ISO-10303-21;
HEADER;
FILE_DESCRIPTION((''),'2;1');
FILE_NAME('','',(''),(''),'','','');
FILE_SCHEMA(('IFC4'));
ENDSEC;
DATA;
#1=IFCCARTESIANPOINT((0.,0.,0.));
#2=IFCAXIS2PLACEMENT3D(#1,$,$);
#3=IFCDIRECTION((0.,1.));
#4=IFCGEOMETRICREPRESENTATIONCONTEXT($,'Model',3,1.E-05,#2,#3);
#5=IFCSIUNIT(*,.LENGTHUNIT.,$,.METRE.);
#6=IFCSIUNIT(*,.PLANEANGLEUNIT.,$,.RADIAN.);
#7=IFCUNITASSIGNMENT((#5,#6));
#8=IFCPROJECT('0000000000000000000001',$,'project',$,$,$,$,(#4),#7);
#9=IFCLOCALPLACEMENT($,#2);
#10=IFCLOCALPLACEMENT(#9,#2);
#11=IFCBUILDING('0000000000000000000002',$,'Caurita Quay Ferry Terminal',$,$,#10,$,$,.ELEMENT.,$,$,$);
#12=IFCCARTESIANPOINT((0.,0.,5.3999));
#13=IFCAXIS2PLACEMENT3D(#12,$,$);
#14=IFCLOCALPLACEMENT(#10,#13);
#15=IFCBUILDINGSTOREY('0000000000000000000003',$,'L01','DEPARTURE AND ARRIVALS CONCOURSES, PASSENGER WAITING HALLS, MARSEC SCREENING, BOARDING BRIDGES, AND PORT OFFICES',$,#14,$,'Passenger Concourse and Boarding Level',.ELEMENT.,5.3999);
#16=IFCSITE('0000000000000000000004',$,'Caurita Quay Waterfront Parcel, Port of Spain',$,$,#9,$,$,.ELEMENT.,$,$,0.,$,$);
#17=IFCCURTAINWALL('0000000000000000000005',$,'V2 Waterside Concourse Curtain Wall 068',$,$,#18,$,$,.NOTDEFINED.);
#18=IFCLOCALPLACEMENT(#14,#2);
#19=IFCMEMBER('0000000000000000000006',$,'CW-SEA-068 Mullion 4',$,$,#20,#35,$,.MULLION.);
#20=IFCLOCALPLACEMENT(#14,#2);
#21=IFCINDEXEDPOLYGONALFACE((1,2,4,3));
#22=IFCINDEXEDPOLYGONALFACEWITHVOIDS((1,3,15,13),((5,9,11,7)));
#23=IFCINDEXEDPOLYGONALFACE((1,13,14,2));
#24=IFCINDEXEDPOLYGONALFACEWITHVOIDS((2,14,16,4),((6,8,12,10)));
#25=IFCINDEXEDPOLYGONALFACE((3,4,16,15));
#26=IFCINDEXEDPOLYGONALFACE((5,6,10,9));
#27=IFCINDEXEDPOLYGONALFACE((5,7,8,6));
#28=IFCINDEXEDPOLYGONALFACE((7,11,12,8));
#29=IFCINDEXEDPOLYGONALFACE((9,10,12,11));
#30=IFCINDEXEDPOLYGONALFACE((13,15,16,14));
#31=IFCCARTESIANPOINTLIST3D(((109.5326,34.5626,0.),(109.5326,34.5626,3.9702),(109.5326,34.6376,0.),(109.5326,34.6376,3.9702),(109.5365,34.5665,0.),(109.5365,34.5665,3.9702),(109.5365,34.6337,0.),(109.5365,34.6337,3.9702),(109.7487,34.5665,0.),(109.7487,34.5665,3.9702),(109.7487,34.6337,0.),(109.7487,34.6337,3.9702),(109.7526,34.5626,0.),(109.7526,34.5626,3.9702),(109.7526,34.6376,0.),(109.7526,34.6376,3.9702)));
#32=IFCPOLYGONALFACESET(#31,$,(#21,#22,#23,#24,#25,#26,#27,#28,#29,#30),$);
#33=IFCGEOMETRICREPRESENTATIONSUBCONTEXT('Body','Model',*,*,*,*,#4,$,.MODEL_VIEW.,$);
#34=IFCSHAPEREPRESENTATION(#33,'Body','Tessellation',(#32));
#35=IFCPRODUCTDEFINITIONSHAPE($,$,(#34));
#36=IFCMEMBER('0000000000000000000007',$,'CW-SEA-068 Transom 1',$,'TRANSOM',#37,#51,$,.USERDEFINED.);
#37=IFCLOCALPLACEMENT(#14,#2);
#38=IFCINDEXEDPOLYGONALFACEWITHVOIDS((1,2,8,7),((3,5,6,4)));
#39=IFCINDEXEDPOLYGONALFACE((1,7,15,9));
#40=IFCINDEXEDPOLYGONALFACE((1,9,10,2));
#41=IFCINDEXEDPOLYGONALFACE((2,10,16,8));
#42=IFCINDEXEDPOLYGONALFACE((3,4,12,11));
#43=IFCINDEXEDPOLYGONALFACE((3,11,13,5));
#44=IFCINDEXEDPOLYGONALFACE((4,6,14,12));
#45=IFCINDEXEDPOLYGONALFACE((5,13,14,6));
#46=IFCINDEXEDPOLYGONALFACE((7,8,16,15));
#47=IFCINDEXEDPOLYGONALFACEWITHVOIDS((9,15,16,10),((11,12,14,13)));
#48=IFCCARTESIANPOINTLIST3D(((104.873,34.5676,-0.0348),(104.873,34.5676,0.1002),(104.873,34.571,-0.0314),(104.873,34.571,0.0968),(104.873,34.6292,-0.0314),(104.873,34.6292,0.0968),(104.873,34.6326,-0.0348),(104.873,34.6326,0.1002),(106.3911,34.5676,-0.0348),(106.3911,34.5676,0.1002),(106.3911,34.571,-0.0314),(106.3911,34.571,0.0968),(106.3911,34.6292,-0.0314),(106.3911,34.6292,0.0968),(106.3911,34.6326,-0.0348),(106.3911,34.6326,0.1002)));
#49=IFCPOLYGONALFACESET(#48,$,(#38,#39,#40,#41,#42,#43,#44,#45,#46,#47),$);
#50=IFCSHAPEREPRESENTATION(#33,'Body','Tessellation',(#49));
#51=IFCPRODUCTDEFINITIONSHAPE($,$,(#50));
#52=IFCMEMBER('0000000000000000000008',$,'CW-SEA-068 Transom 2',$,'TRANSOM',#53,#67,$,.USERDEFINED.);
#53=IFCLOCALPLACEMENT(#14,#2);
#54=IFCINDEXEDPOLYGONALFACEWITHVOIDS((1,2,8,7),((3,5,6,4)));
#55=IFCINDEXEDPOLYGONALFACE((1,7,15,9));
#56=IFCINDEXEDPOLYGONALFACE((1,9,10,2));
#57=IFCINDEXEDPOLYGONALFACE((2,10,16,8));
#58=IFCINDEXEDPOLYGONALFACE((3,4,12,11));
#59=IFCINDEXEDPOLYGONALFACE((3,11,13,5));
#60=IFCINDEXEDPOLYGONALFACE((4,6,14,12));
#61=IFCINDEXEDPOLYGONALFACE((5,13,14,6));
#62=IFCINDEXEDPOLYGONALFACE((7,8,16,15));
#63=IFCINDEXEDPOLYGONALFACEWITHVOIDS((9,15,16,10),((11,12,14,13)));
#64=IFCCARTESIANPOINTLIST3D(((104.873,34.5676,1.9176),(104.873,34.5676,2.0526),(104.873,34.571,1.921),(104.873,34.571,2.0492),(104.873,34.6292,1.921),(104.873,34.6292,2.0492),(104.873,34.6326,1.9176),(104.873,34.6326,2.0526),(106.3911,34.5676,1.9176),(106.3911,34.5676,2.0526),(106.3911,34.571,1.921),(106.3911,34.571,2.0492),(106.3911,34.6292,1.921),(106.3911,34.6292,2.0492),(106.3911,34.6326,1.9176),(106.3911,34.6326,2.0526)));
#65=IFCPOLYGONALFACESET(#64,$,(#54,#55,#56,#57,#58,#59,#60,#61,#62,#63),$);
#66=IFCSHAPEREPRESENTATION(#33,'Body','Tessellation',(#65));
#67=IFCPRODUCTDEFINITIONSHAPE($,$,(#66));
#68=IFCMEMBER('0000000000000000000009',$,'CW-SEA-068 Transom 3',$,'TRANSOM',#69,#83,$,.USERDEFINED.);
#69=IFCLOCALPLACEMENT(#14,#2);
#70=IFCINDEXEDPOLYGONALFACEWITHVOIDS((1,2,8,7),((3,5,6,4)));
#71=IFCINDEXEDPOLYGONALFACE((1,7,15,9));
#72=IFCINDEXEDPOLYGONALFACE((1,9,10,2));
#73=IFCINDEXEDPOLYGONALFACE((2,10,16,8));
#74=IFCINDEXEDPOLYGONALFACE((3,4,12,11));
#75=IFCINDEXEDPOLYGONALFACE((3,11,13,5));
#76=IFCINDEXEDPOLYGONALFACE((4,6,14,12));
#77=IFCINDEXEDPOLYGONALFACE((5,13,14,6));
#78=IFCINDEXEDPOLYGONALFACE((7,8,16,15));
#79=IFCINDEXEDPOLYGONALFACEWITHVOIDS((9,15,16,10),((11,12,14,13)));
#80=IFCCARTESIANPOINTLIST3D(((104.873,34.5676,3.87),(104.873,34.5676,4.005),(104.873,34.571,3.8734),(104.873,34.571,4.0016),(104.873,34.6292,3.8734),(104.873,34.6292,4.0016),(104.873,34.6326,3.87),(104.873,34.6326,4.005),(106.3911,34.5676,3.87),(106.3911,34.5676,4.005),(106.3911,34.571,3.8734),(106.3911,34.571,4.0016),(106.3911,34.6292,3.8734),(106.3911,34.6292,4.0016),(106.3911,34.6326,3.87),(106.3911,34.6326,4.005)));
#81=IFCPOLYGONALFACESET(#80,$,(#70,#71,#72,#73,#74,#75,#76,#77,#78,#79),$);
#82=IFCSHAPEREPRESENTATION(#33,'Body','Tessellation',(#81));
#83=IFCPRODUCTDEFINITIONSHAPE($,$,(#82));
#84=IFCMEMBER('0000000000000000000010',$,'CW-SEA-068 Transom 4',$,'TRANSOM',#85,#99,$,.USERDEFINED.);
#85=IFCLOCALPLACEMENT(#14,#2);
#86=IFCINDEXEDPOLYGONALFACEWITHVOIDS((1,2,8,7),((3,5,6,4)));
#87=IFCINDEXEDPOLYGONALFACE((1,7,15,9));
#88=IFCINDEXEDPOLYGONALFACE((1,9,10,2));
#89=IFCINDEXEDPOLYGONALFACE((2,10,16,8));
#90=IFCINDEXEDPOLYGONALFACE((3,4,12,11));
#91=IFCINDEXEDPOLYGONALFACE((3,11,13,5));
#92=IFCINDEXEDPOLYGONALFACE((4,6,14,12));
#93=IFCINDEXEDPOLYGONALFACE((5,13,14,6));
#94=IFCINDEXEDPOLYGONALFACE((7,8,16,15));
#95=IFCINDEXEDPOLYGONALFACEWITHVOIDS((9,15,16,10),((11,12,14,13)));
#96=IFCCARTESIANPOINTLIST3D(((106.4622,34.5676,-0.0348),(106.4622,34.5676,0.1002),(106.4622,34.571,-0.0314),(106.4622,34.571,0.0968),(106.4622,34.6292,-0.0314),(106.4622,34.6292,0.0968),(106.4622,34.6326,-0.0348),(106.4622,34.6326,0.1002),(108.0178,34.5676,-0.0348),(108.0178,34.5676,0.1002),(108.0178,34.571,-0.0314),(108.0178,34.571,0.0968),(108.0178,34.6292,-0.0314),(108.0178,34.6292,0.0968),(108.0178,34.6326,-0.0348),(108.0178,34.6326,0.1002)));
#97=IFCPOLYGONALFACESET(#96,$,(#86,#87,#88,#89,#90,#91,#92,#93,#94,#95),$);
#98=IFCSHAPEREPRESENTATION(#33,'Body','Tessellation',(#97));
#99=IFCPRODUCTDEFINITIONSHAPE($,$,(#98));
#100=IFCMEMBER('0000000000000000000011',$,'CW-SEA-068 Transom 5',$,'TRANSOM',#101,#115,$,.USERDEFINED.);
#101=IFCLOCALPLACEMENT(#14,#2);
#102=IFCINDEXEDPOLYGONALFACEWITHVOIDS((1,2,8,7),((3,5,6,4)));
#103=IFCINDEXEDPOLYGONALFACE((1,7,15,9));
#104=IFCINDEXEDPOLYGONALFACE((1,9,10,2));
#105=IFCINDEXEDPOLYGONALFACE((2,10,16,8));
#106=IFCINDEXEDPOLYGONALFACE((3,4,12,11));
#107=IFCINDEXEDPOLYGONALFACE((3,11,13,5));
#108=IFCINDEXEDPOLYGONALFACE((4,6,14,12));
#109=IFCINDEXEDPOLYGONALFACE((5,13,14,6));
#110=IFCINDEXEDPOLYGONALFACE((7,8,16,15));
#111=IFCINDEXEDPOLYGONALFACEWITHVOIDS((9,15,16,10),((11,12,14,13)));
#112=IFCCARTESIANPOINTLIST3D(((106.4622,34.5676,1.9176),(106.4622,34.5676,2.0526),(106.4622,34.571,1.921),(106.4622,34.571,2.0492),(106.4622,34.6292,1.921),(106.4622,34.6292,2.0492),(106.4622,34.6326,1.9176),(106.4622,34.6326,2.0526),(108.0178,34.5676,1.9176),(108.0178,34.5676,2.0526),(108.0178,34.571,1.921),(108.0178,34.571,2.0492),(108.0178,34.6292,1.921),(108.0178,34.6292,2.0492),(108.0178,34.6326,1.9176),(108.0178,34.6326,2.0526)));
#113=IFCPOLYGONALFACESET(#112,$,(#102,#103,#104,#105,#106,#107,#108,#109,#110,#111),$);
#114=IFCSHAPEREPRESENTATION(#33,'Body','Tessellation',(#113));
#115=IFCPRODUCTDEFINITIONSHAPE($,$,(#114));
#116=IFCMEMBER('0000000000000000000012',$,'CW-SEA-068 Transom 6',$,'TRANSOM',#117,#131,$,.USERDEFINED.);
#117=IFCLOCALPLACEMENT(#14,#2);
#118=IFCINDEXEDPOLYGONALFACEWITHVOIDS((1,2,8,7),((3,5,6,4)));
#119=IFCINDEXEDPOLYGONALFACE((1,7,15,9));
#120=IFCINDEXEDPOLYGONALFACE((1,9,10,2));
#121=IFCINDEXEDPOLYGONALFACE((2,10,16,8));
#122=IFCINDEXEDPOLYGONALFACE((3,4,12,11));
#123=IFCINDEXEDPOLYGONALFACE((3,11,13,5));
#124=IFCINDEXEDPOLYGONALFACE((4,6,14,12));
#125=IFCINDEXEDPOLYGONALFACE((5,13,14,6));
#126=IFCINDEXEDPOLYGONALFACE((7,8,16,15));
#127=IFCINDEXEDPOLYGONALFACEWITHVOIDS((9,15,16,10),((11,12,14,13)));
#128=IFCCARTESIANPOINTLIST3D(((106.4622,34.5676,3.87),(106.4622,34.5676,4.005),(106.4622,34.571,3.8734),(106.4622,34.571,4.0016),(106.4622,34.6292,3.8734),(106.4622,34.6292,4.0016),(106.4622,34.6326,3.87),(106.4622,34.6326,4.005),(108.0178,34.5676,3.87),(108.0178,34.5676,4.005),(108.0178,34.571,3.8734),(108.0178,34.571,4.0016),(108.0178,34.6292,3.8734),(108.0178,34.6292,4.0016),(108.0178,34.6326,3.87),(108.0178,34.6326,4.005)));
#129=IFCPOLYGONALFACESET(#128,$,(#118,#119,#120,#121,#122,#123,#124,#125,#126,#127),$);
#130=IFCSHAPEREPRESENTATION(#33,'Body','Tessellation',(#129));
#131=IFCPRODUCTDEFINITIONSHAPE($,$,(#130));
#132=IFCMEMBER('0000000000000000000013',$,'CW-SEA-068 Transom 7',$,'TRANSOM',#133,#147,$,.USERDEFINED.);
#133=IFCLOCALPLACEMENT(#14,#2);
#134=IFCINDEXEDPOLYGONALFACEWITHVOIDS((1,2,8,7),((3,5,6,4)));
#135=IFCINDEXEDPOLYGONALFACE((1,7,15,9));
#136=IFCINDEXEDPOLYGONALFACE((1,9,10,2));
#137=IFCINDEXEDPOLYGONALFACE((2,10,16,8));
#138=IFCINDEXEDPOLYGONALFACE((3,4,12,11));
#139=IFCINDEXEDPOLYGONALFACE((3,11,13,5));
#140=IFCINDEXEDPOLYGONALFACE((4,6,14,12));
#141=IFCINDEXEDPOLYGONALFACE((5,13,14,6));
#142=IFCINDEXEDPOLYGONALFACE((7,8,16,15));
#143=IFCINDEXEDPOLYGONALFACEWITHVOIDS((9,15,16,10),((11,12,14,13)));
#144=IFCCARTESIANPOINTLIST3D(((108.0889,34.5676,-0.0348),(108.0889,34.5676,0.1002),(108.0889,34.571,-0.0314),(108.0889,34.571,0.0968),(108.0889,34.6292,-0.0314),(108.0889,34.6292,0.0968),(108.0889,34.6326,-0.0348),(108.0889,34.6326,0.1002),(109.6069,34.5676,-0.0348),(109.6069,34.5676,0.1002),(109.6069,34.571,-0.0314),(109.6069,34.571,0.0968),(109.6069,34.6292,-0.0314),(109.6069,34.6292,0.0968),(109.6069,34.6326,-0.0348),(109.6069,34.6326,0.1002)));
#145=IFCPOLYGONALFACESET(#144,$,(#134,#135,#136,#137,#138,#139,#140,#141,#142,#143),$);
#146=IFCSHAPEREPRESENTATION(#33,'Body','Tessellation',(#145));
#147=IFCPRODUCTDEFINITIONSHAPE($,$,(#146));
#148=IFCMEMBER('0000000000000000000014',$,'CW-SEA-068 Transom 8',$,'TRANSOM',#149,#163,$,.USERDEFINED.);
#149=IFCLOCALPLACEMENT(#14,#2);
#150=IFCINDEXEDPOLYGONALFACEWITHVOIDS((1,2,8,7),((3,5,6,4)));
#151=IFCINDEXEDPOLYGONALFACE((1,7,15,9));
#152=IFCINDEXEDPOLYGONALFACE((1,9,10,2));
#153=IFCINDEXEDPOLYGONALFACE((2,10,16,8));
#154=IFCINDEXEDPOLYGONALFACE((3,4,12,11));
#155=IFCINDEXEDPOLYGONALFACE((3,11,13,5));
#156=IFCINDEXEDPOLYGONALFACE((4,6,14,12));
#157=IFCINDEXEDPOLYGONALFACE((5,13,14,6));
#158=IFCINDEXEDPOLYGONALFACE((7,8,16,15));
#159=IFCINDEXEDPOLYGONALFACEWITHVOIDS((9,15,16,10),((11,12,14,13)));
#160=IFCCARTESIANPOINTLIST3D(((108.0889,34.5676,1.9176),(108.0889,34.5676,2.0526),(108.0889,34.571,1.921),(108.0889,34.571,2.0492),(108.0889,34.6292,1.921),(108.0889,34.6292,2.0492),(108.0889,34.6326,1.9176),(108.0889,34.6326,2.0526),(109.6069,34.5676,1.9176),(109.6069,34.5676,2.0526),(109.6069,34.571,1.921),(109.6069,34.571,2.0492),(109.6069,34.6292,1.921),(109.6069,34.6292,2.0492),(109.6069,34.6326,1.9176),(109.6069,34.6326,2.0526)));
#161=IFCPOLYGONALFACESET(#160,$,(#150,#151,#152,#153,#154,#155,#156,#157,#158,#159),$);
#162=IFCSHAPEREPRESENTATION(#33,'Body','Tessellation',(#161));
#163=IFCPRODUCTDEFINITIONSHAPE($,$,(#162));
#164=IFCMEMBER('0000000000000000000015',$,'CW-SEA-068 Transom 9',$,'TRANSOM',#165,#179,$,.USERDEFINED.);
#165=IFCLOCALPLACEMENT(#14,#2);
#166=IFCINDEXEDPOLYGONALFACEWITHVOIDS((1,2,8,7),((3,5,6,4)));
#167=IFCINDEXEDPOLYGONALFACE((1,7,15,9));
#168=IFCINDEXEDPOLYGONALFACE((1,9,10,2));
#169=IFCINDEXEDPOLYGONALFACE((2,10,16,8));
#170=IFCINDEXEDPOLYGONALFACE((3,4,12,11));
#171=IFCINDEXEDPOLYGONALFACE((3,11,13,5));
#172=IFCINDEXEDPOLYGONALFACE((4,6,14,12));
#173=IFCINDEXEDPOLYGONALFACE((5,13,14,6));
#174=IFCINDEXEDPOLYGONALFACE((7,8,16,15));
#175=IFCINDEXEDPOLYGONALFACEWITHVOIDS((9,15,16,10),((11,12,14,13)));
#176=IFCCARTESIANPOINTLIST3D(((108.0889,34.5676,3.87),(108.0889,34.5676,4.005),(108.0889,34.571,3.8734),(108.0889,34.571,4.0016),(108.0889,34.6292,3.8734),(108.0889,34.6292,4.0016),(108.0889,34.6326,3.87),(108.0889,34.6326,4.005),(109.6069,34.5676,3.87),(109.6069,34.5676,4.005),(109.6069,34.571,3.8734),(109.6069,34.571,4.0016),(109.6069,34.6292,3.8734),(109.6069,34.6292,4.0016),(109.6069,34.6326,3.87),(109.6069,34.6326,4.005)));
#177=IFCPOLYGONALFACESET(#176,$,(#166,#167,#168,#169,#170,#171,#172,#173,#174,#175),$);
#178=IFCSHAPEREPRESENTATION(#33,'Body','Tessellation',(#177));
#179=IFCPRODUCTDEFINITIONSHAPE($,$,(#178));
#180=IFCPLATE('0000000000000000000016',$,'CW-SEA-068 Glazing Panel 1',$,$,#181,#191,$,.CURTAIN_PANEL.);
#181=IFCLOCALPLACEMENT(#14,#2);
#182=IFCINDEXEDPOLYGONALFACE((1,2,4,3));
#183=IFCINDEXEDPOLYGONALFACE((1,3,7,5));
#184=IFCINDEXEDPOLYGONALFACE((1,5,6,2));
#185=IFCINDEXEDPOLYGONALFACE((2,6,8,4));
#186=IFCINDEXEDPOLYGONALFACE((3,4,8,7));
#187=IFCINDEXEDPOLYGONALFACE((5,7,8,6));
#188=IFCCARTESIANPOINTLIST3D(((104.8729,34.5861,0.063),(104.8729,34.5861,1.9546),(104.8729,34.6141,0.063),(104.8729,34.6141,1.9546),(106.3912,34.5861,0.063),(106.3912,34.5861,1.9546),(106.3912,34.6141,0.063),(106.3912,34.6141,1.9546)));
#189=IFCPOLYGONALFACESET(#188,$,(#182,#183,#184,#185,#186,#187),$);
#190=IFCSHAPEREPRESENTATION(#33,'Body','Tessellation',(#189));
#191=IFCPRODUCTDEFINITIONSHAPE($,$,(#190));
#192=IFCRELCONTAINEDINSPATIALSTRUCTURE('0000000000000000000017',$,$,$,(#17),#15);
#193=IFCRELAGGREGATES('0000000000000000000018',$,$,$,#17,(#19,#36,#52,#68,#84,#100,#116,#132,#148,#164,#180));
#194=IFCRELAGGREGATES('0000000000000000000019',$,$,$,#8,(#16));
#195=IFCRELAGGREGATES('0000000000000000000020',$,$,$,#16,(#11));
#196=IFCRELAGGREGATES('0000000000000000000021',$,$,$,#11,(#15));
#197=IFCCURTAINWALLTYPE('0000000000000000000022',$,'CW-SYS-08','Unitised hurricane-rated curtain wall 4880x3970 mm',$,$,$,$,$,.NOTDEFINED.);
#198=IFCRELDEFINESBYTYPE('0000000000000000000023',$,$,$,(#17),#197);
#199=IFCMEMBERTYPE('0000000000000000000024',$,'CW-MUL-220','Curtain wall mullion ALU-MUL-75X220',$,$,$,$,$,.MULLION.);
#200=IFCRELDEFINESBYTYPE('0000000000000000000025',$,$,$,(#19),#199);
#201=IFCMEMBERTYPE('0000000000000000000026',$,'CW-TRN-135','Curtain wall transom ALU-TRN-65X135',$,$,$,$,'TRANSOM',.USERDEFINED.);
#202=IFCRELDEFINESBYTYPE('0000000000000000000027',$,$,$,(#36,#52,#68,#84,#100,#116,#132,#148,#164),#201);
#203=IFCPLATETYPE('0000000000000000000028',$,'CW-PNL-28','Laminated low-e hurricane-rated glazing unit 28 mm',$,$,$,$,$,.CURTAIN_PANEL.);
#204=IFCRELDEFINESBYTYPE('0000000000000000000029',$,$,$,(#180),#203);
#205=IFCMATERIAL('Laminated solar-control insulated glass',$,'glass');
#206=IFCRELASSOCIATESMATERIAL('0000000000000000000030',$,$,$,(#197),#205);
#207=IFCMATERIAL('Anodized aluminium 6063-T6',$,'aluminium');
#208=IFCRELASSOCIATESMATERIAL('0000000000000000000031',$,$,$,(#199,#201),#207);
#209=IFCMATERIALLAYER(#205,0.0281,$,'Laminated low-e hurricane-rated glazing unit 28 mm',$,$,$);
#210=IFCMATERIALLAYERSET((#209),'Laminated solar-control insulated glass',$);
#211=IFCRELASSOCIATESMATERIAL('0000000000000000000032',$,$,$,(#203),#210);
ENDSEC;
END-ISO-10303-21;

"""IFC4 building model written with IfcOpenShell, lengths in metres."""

from ifc_helpers import new_model, si_unit, direction, frame, origin, origin_2d, place, context, subcontext, project, spatial, rectangle, hollow_rectangle, extrude, material, layer, layer_set, material_profile, profile_set, type_object, element, aggregate, save


model = new_model("IFC4")

# Units and contexts
model_context = context("Model", 3, precision=1e-05, world=origin(), true_north=direction((0.0, 1.0)))
body_context = subcontext(model_context, "Body", "Model", "MODEL_VIEW")
ifc_project = project(units=[si_unit("LENGTHUNIT", "METRE"), si_unit("PLANEANGLEUNIT", "RADIAN")], contexts=[model_context])

# Site, building, storey
site_placement = place(None, origin())
site = spatial("IfcSite", under=ifc_project, at=site_placement, Name="Caurita Quay Waterfront Parcel, Port of Spain", CompositionType="ELEMENT", RefElevation=0.0)
building_placement = place(site_placement, origin())
building = spatial("IfcBuilding", under=site, at=building_placement, Name="Caurita Quay Ferry Terminal", CompositionType="ELEMENT")
storey_placement = place(building_placement, frame((0.0, 0.0, 5.3999)))
storey = spatial("IfcBuildingStorey", under=building, at=storey_placement, Name="L01", Description="DEPARTURE AND ARRIVALS CONCOURSES, PASSENGER WAITING HALLS, MARSEC SCREENING, BOARDING BRIDGES, AND PORT OFFICES", LongName="Passenger Concourse and Boarding Level", CompositionType="ELEMENT", Elevation=5.3999)

# Curtain wall, members, plate
ifc_material_1 = material(Name="Laminated solar-control insulated glass", Category="glass")
curtain_wall_type = type_object("IfcCurtainWallType", Name="CW-SYS-08", Description="Unitised hurricane-rated curtain wall 4880x3970 mm", PredefinedType="NOTDEFINED", material=ifc_material_1)
curtain_wall_placement = place(storey_placement, origin())
curtain_wall = element("IfcCurtainWall", 1, at=curtain_wall_placement, inside=storey, type_object=curtain_wall_type, Name="V2 Waterside Concourse Curtain Wall 068", PredefinedType="NOTDEFINED")
ifc_material_2 = material(Name="Anodized aluminium 6063-T6", Category="aluminium")
ifc_material_profile_1 = material_profile(ifc_material_2, hollow_rectangle(XDim=0.075, YDim=0.22, WallThickness=0.0039, at=origin_2d()), Name="ALU-MUL-75X220")
ifc_profile_set_1 = profile_set([ifc_material_profile_1], Name="Anodized aluminium 6063-T6")
member_type_1 = type_object("IfcMemberType", Name="CW-MUL-220", Description="Curtain wall mullion ALU-MUL-75X220", PredefinedType="MULLION", material=ifc_profile_set_1)
member_1_placement = place(storey_placement, frame((109.6426, 34.6001, 0.0), z_axis=(0.0, 0.0, 1.0), x_axis=(0.0, 1.0, 0.0)))
member_1 = element("IfcMember", 2, at=member_1_placement, type_object=member_type_1, Name="CW-SEA-068 Mullion 4", PredefinedType="MULLION", context=body_context, shape_type="SweptSolid", body=[
    extrude(hollow_rectangle(XDim=0.075, YDim=0.22, WallThickness=0.0039, at=origin_2d()), origin(), (0.0, 0.0, 1.0), 3.9702),
])
ifc_material_profile_2 = material_profile(ifc_material_2, hollow_rectangle(XDim=0.0649, YDim=0.135, WallThickness=0.0034, at=origin_2d()), Name="ALU-TRN-65X135")
ifc_profile_set_2 = profile_set([ifc_material_profile_2], Name="Anodized aluminium 6063-T6")
member_type_2 = type_object("IfcMemberType", Name="CW-TRN-135", Description="Curtain wall transom ALU-TRN-65X135", ElementType="TRANSOM", PredefinedType="USERDEFINED", material=ifc_profile_set_2)
member_2_placement = place(storey_placement, frame((104.873, 34.6001, 0.0327), z_axis=(1.0, 0.0, 0.0), x_axis=(0.0, 1.0, 0.0)))
member_2 = element("IfcMember", 3, at=member_2_placement, type_object=member_type_2, Name="CW-SEA-068 Transom 1", ObjectType="TRANSOM", PredefinedType="USERDEFINED", context=body_context, shape_type="SweptSolid", body=[
    extrude(hollow_rectangle(XDim=0.0649, YDim=0.135, WallThickness=0.0034, at=origin_2d()), origin(), (0.0, 0.0, 1.0), 1.5181),
])
member_3_placement = place(storey_placement, frame((104.873, 34.6001, 1.9851), z_axis=(1.0, 0.0, 0.0), x_axis=(0.0, 1.0, 0.0)))
member_3 = element("IfcMember", 4, at=member_3_placement, type_object=member_type_2, Name="CW-SEA-068 Transom 2", ObjectType="TRANSOM", PredefinedType="USERDEFINED", context=body_context, shape_type="SweptSolid", body=[
    extrude(hollow_rectangle(XDim=0.0649, YDim=0.135, WallThickness=0.0034, at=origin_2d()), origin(), (0.0, 0.0, 1.0), 1.5181),
])
member_4_placement = place(storey_placement, frame((104.873, 34.6001, 3.9375), z_axis=(1.0, 0.0, 0.0), x_axis=(0.0, 1.0, 0.0)))
member_4 = element("IfcMember", 5, at=member_4_placement, type_object=member_type_2, Name="CW-SEA-068 Transom 3", ObjectType="TRANSOM", PredefinedType="USERDEFINED", context=body_context, shape_type="SweptSolid", body=[
    extrude(hollow_rectangle(XDim=0.0649, YDim=0.135, WallThickness=0.0034, at=origin_2d()), origin(), (0.0, 0.0, 1.0), 1.5181),
])
member_5_placement = place(storey_placement, frame((106.4622, 34.6001, 0.0327), z_axis=(1.0, 0.0, 0.0), x_axis=(0.0, 1.0, 0.0)))
member_5 = element("IfcMember", 6, at=member_5_placement, type_object=member_type_2, Name="CW-SEA-068 Transom 4", ObjectType="TRANSOM", PredefinedType="USERDEFINED", context=body_context, shape_type="SweptSolid", body=[
    extrude(hollow_rectangle(XDim=0.0649, YDim=0.135, WallThickness=0.0034, at=origin_2d()), origin(), (0.0, 0.0, 1.0), 1.5557),
])
member_6_placement = place(storey_placement, frame((106.4622, 34.6001, 1.9851), z_axis=(1.0, 0.0, 0.0), x_axis=(0.0, 1.0, 0.0)))
member_6 = element("IfcMember", 7, at=member_6_placement, type_object=member_type_2, Name="CW-SEA-068 Transom 5", ObjectType="TRANSOM", PredefinedType="USERDEFINED", context=body_context, shape_type="SweptSolid", body=[
    extrude(hollow_rectangle(XDim=0.0649, YDim=0.135, WallThickness=0.0034, at=origin_2d()), origin(), (0.0, 0.0, 1.0), 1.5557),
])
member_7_placement = place(storey_placement, frame((106.4622, 34.6001, 3.9375), z_axis=(1.0, 0.0, 0.0), x_axis=(0.0, 1.0, 0.0)))
member_7 = element("IfcMember", 8, at=member_7_placement, type_object=member_type_2, Name="CW-SEA-068 Transom 6", ObjectType="TRANSOM", PredefinedType="USERDEFINED", context=body_context, shape_type="SweptSolid", body=[
    extrude(hollow_rectangle(XDim=0.0649, YDim=0.135, WallThickness=0.0034, at=origin_2d()), origin(), (0.0, 0.0, 1.0), 1.5557),
])
member_8_placement = place(storey_placement, frame((108.0889, 34.6001, 0.0327), z_axis=(1.0, 0.0, 0.0), x_axis=(0.0, 1.0, 0.0)))
member_8 = element("IfcMember", 9, at=member_8_placement, type_object=member_type_2, Name="CW-SEA-068 Transom 7", ObjectType="TRANSOM", PredefinedType="USERDEFINED", context=body_context, shape_type="SweptSolid", body=[
    extrude(hollow_rectangle(XDim=0.0649, YDim=0.135, WallThickness=0.0034, at=origin_2d()), origin(), (0.0, 0.0, 1.0), 1.5181),
])
member_9_placement = place(storey_placement, frame((108.0889, 34.6001, 1.9851), z_axis=(1.0, 0.0, 0.0), x_axis=(0.0, 1.0, 0.0)))
member_9 = element("IfcMember", 10, at=member_9_placement, type_object=member_type_2, Name="CW-SEA-068 Transom 8", ObjectType="TRANSOM", PredefinedType="USERDEFINED", context=body_context, shape_type="SweptSolid", body=[
    extrude(hollow_rectangle(XDim=0.0649, YDim=0.135, WallThickness=0.0034, at=origin_2d()), origin(), (0.0, 0.0, 1.0), 1.5181),
])
member_10_placement = place(storey_placement, frame((108.0889, 34.6001, 3.9375), z_axis=(1.0, 0.0, 0.0), x_axis=(0.0, 1.0, 0.0)))
member_10 = element("IfcMember", 11, at=member_10_placement, type_object=member_type_2, Name="CW-SEA-068 Transom 9", ObjectType="TRANSOM", PredefinedType="USERDEFINED", context=body_context, shape_type="SweptSolid", body=[
    extrude(hollow_rectangle(XDim=0.0649, YDim=0.135, WallThickness=0.0034, at=origin_2d()), origin(), (0.0, 0.0, 1.0), 1.5181),
])
ifc_layer_1 = layer(ifc_material_1, 0.0281, Name="Laminated low-e hurricane-rated glazing unit 28 mm")
ifc_layer_set_1 = layer_set([ifc_layer_1], Name="Laminated solar-control insulated glass")
plate_type = type_object("IfcPlateType", Name="CW-PNL-28", Description="Laminated low-e hurricane-rated glazing unit 28 mm", PredefinedType="CURTAIN_PANEL", material=ifc_layer_set_1)
plate_1_placement = place(storey_placement, frame((105.6321, 34.6001, 0.063), z_axis=(0.0, 0.0, 1.0), x_axis=(1.0, 0.0, 0.0)))
plate_1 = element("IfcPlate", 12, at=plate_1_placement, type_object=plate_type, Name="CW-SEA-068 Glazing Panel 1", PredefinedType="CURTAIN_PANEL", context=body_context, shape_type="SweptSolid", body=[
    extrude(rectangle(XDim=1.5183, YDim=0.0281, at=origin_2d()), origin(), (0.0, 0.0, 1.0), 1.8916),
])
aggregate(curtain_wall, [member_1, member_2, member_3, member_4, member_5, member_6, member_7, member_8, member_9, member_10, plate_1])

save(model, "model.ifc")
